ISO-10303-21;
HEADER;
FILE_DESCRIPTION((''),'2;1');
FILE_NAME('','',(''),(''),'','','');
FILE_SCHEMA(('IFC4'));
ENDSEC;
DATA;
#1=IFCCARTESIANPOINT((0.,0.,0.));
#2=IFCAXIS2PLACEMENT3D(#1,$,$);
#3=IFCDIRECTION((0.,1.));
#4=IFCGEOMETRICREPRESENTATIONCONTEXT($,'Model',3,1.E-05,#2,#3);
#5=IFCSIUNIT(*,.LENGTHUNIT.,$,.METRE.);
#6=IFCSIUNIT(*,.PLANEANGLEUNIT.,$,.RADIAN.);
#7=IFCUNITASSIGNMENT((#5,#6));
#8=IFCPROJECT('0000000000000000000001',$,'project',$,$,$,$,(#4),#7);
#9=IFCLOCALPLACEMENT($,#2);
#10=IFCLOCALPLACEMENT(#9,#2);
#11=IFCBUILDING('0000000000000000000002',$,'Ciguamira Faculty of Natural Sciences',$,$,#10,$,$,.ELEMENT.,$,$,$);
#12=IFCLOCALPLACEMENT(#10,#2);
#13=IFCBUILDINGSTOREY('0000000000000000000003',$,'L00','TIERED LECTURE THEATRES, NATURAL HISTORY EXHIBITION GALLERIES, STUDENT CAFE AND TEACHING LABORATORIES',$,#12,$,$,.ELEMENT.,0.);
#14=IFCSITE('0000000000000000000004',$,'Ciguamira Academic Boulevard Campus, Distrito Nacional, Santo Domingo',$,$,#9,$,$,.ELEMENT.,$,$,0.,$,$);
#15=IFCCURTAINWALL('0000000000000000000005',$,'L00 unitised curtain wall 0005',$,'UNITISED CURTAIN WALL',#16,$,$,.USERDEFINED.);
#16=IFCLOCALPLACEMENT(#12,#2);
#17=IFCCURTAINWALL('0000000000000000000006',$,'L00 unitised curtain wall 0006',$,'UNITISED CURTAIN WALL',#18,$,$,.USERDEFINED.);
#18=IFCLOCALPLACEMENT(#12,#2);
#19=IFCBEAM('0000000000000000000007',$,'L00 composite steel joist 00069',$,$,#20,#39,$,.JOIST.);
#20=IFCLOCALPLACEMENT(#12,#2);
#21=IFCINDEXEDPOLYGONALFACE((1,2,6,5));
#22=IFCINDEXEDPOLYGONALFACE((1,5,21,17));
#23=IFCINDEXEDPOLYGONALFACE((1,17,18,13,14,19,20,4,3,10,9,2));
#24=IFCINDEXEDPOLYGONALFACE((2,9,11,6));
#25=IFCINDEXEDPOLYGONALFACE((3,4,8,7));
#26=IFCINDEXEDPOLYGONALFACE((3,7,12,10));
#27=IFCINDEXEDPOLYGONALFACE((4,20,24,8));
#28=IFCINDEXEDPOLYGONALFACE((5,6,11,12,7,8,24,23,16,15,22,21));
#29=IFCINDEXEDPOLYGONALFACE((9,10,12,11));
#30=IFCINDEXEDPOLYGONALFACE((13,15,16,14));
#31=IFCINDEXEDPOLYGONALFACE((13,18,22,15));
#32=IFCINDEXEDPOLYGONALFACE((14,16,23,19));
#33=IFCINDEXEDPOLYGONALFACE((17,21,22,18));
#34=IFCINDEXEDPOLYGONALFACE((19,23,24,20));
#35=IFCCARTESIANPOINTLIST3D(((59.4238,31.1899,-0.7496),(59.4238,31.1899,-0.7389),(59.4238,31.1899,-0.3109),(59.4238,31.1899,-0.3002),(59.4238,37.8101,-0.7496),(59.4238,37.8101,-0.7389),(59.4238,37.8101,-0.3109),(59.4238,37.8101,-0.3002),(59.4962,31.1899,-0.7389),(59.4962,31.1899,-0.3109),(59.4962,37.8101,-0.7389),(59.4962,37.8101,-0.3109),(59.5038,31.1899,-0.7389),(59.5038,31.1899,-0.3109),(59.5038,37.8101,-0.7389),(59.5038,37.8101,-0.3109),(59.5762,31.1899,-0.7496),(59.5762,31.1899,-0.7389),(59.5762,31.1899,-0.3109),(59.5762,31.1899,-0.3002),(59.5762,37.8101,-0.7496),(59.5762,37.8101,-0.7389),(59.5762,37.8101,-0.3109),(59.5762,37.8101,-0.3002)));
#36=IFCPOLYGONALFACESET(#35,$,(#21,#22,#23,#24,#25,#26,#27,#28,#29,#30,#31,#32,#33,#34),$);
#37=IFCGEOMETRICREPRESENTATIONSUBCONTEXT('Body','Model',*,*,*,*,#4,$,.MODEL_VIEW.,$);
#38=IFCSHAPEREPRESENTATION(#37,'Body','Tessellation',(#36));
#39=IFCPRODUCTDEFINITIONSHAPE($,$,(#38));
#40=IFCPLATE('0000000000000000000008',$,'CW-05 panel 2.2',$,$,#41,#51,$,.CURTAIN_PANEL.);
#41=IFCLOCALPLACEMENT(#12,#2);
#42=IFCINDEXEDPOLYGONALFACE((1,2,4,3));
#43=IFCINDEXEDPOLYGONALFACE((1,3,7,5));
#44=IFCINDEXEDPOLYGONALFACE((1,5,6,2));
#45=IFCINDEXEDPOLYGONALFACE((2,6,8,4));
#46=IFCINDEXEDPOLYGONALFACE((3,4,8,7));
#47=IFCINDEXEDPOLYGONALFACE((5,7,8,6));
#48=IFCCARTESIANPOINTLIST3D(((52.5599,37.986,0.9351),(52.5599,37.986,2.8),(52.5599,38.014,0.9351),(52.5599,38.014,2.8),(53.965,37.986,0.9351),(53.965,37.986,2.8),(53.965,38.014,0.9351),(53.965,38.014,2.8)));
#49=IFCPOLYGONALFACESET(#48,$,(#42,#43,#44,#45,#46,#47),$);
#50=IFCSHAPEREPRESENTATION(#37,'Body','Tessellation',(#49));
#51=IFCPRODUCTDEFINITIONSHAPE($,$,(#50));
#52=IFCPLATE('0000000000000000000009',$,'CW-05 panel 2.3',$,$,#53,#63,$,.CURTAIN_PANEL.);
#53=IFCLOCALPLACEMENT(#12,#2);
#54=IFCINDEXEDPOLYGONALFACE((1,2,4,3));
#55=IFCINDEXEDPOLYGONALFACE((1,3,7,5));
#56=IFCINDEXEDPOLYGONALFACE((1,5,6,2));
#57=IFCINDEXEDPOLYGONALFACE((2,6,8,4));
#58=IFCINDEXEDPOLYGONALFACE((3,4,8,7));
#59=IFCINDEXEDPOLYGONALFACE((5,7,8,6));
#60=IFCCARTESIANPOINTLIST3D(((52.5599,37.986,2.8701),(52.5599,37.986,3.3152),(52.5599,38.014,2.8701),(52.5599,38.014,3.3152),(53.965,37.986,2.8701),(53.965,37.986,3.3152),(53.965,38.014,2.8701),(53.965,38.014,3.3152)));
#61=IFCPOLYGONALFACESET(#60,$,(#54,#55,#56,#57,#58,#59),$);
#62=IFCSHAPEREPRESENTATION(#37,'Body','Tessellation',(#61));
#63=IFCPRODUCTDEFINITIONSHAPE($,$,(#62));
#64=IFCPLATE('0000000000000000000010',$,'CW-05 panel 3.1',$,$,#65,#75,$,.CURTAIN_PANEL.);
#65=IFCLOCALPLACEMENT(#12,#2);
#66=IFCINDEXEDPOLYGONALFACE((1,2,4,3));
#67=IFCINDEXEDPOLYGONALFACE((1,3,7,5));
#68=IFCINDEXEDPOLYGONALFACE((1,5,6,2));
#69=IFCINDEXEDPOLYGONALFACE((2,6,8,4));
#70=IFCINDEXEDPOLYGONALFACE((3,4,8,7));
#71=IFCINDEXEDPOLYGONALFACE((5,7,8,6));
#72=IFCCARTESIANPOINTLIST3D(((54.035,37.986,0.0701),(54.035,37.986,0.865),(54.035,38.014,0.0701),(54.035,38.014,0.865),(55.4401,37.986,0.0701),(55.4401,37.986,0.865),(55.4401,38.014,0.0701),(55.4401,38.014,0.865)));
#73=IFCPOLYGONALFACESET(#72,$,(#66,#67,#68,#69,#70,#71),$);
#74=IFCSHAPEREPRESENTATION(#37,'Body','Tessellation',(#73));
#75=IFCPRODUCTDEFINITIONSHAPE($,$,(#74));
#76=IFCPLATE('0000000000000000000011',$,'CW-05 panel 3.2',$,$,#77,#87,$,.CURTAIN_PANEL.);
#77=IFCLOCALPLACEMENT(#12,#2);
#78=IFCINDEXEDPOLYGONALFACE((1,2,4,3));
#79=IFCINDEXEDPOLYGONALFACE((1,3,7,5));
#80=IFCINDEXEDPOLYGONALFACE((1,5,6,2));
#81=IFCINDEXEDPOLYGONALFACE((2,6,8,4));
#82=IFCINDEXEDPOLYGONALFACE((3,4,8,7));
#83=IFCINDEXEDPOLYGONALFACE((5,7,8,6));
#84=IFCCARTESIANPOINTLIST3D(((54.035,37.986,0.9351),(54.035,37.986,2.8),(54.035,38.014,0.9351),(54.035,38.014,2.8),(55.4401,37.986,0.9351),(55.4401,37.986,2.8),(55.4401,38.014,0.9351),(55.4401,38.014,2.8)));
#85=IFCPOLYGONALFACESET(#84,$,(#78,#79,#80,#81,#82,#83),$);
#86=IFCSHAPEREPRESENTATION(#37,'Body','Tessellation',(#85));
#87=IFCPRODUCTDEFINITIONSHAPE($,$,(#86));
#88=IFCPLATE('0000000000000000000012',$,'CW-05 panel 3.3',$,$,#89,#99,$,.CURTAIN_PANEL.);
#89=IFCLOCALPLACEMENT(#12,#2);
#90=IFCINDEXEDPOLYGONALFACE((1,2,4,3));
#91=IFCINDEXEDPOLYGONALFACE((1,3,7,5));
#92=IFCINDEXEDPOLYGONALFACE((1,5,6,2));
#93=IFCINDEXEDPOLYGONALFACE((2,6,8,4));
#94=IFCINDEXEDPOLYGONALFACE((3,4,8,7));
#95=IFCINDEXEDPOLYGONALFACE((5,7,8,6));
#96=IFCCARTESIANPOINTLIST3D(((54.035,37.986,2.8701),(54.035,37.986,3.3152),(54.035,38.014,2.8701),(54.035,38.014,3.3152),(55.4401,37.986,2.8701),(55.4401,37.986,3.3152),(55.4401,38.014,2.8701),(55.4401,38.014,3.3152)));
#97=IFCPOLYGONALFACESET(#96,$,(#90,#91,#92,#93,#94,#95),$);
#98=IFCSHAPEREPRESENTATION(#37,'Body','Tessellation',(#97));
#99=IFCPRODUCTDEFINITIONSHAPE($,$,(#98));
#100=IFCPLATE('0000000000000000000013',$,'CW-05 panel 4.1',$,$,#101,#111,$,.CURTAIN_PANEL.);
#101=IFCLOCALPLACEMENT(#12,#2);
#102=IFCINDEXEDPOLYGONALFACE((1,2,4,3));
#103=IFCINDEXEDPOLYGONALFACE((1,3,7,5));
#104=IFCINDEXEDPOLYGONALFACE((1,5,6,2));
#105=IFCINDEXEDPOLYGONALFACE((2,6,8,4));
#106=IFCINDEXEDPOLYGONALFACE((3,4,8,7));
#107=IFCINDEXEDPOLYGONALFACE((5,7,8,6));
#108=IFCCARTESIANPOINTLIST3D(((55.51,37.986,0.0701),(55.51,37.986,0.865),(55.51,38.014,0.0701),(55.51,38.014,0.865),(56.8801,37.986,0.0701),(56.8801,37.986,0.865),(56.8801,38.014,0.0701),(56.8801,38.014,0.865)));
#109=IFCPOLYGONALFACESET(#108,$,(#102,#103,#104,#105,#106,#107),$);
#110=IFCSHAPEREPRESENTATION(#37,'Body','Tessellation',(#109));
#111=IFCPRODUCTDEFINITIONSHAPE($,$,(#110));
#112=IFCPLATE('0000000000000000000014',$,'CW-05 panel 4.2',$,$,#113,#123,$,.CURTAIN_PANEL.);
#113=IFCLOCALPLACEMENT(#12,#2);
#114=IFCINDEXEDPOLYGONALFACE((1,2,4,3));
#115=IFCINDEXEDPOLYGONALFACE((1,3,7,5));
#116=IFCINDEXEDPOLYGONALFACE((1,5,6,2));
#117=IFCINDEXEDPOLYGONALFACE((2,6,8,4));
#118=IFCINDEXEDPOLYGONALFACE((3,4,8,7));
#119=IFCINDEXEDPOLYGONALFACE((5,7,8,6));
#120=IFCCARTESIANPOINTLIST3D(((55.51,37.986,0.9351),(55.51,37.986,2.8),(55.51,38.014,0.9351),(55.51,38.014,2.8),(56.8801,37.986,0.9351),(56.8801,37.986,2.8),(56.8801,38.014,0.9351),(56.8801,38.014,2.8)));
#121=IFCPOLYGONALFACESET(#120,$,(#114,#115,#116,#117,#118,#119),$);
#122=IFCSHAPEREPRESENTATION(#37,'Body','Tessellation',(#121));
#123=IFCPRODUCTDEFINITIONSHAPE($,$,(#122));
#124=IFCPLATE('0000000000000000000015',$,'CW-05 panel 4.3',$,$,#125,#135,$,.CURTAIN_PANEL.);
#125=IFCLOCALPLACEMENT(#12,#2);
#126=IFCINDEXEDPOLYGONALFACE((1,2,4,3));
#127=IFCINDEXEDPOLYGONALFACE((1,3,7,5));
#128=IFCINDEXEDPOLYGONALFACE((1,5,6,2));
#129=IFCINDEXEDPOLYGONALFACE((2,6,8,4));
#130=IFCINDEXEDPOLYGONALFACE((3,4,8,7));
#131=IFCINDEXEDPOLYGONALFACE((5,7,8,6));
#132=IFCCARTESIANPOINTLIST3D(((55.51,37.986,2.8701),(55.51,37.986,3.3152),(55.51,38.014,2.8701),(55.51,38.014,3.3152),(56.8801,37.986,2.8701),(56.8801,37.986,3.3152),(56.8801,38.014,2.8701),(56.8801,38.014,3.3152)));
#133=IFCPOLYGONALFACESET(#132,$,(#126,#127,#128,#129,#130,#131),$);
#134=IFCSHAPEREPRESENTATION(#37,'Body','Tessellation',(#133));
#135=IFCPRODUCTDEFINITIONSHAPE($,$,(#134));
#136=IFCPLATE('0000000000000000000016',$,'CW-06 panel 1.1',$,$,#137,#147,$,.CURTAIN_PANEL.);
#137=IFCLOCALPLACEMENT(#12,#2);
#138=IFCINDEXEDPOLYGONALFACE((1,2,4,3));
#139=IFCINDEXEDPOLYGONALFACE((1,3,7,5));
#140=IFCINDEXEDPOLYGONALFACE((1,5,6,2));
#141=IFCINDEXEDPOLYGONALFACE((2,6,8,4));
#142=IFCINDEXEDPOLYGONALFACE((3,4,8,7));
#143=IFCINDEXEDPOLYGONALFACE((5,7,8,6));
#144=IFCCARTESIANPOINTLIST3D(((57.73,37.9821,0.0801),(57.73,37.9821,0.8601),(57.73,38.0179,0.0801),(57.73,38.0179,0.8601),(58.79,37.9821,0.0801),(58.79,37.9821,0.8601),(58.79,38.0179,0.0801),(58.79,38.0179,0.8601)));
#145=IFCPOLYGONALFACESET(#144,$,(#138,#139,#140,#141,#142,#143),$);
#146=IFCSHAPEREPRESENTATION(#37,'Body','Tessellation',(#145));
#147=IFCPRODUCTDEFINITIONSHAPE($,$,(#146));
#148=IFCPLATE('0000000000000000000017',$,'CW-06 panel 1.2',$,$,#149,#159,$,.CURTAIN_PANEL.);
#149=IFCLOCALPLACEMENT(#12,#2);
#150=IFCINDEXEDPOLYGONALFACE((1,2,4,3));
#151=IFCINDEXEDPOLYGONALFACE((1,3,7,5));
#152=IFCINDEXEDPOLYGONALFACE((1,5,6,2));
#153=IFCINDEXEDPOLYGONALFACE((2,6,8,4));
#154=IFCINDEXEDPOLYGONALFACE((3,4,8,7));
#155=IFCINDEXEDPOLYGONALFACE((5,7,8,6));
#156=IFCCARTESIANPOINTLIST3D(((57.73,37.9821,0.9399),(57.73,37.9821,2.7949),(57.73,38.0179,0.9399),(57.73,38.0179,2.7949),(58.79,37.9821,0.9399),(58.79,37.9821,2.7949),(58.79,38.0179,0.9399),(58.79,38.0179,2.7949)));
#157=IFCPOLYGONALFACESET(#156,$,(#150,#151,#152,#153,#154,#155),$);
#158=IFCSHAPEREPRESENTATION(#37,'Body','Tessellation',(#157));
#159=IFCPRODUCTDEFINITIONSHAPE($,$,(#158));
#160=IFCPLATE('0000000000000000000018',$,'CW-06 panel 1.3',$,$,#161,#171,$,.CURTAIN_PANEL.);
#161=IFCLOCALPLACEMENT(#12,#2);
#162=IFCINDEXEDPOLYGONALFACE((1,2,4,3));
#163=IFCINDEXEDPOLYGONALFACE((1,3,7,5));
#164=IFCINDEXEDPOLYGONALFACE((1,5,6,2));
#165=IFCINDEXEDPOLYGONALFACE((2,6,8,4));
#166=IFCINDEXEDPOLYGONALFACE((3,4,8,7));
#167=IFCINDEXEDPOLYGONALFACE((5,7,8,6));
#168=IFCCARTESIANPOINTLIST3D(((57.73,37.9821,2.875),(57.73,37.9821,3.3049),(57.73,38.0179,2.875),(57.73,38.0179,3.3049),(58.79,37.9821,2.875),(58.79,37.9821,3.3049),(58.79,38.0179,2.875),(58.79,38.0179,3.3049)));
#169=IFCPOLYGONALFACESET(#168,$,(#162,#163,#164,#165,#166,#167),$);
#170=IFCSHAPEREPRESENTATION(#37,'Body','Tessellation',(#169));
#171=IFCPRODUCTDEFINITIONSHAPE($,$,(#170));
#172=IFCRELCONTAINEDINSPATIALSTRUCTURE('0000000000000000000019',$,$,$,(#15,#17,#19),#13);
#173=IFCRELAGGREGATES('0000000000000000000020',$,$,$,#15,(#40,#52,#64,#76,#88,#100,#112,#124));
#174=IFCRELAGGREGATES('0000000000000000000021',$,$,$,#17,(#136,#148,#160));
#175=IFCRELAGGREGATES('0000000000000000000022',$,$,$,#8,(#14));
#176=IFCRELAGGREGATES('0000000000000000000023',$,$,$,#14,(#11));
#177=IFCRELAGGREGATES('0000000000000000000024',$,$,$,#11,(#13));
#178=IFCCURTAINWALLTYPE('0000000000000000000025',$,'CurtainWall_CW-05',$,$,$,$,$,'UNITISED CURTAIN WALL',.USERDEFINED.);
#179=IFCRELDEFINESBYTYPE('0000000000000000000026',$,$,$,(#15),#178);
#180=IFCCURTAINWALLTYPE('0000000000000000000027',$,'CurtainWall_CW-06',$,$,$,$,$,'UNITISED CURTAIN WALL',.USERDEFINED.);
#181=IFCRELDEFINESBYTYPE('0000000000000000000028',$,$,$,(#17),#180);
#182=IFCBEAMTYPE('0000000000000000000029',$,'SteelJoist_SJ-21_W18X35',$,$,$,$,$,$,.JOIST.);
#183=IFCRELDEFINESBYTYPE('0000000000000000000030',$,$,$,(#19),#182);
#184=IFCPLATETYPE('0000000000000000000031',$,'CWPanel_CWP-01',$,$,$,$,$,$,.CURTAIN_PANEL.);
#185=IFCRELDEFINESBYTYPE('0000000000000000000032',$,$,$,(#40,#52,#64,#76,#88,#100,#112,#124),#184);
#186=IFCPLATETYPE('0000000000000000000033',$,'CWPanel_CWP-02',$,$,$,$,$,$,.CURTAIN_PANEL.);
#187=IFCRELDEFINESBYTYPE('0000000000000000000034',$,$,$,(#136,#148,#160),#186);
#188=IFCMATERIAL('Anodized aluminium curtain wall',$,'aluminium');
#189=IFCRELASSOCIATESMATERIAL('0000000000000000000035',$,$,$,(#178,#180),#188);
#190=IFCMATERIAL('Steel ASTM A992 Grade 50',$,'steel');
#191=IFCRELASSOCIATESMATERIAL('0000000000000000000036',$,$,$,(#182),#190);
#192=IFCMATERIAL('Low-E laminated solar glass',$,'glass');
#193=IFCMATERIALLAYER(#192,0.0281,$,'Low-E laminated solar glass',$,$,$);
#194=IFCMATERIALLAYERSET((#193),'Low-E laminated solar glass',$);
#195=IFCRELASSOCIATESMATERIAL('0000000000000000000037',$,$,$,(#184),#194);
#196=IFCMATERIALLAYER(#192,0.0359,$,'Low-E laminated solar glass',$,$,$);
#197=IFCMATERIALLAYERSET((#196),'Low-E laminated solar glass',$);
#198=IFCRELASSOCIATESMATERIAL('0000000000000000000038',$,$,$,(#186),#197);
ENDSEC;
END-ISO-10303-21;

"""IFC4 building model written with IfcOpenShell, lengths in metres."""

from ifc_helpers import new_model, si_unit, direction, frame, origin, origin_2d, place, context, subcontext, project, spatial, rectangle, i_section, extrude, material, layer, layer_set, material_profile, profile_set, type_object, element, aggregate, save


model = new_model("IFC4")

# Units and contexts
model_context = context("Model", 3, precision=1e-05, world=origin(), true_north=direction((0.0, 1.0)))
body_context = subcontext(model_context, "Body", "Model", "MODEL_VIEW")
ifc_project = project(units=[si_unit("LENGTHUNIT", "METRE"), si_unit("PLANEANGLEUNIT", "RADIAN")], contexts=[model_context])

# Site, building, storey
site_placement = place(None, origin())
site = spatial("IfcSite", under=ifc_project, at=site_placement, Name="Ciguamira Academic Boulevard Campus, Distrito Nacional, Santo Domingo", CompositionType="ELEMENT", RefElevation=0.0)
building_placement = place(site_placement, origin())
building = spatial("IfcBuilding", under=site, at=building_placement, Name="Ciguamira Faculty of Natural Sciences", CompositionType="ELEMENT")
storey_placement = place(building_placement, origin())
storey = spatial("IfcBuildingStorey", under=building, at=storey_placement, Name="L00", Description="TIERED LECTURE THEATRES, NATURAL HISTORY EXHIBITION GALLERIES, STUDENT CAFE AND TEACHING LABORATORIES", CompositionType="ELEMENT", Elevation=0.0)

# Curtain walls
ifc_material_1 = material(Name="Anodized aluminium curtain wall", Category="aluminium")
curtain_wall_type_1 = type_object("IfcCurtainWallType", Name="CurtainWall_CW-05", ElementType="UNITISED CURTAIN WALL", PredefinedType="USERDEFINED", material=ifc_material_1)
curtain_wall_1_placement = place(storey_placement, origin())
curtain_wall_1 = element("IfcCurtainWall", 1, at=curtain_wall_1_placement, inside=storey, type_object=curtain_wall_type_1, Name="L00 unitised curtain wall 0005", ObjectType="UNITISED CURTAIN WALL", PredefinedType="USERDEFINED")
curtain_wall_type_2 = type_object("IfcCurtainWallType", Name="CurtainWall_CW-06", ElementType="UNITISED CURTAIN WALL", PredefinedType="USERDEFINED", material=ifc_material_1)
curtain_wall_2_placement = place(storey_placement, origin())
curtain_wall_2 = element("IfcCurtainWall", 2, at=curtain_wall_2_placement, inside=storey, type_object=curtain_wall_type_2, Name="L00 unitised curtain wall 0006", ObjectType="UNITISED CURTAIN WALL", PredefinedType="USERDEFINED")

# Beam
ifc_material_2 = material(Name="Steel ASTM A992 Grade 50", Category="steel")
ifc_material_profile_1 = material_profile(ifc_material_2, i_section(OverallWidth=0.1523, OverallDepth=0.4495, WebThickness=0.0076, FlangeThickness=0.0107, at=origin_2d()), Name="W18X35")
ifc_profile_set_1 = profile_set([ifc_material_profile_1], Name="Steel ASTM A992 Grade 50")
beam_type_1 = type_object("IfcBeamType", Name="SteelJoist_SJ-21_W18X35", PredefinedType="JOIST", material=ifc_profile_set_1)
beam_1_placement = place(storey_placement, frame((59.5, 31.1899, -0.5249), z_axis=(0.0, 1.0, 0.0), x_axis=(-1.0, 0.0, 0.0)))
element("IfcBeam", 3, at=beam_1_placement, inside=storey, type_object=beam_type_1, Name="L00 composite steel joist 00069", PredefinedType="JOIST", context=body_context, shape_type="SweptSolid", body=[
    extrude(i_section(OverallWidth=0.1523, OverallDepth=0.4495, WebThickness=0.0076, FlangeThickness=0.0107, at=origin_2d()), origin(), (0.0, 0.0, 1.0), 6.6201),
])

# Plates
ifc_material_3 = material(Name="Low-E laminated solar glass", Category="glass")
ifc_layer_1 = layer(ifc_material_3, 0.0281, Name="Low-E laminated solar glass")
ifc_layer_set_1 = layer_set([ifc_layer_1], Name="Low-E laminated solar glass")
plate_type_1 = type_object("IfcPlateType", Name="CWPanel_CWP-01", PredefinedType="CURTAIN_PANEL", material=ifc_layer_set_1)
plate_1_placement = place(storey_placement, frame((53.2625, 38.0, 0.9351), z_axis=(0.0, 0.0, 1.0), x_axis=(1.0, 0.0, 0.0)))
plate_1 = element("IfcPlate", 4, at=plate_1_placement, type_object=plate_type_1, Name="CW-05 panel 2.2", PredefinedType="CURTAIN_PANEL", context=body_context, shape_type="SweptSolid", body=[
    extrude(rectangle(XDim=1.405, YDim=0.0281, at=origin_2d()), origin(), (0.0, 0.0, 1.0), 1.865),
])
plate_2_placement = place(storey_placement, frame((53.2625, 38.0, 2.8701), z_axis=(0.0, 0.0, 1.0), x_axis=(1.0, 0.0, 0.0)))
plate_2 = element("IfcPlate", 5, at=plate_2_placement, type_object=plate_type_1, Name="CW-05 panel 2.3", PredefinedType="CURTAIN_PANEL", context=body_context, shape_type="SweptSolid", body=[
    extrude(rectangle(XDim=1.405, YDim=0.0281, at=origin_2d()), origin(), (0.0, 0.0, 1.0), 0.4451),
])
plate_3_placement = place(storey_placement, frame((54.7375, 38.0, 0.0701), z_axis=(0.0, 0.0, 1.0), x_axis=(1.0, 0.0, 0.0)))
plate_3 = element("IfcPlate", 6, at=plate_3_placement, type_object=plate_type_1, Name="CW-05 panel 3.1", PredefinedType="CURTAIN_PANEL", context=body_context, shape_type="SweptSolid", body=[
    extrude(rectangle(XDim=1.405, YDim=0.0281, at=origin_2d()), origin(), (0.0, 0.0, 1.0), 0.7949),
])
plate_4_placement = place(storey_placement, frame((54.7375, 38.0, 0.9351), z_axis=(0.0, 0.0, 1.0), x_axis=(1.0, 0.0, 0.0)))
plate_4 = element("IfcPlate", 7, at=plate_4_placement, type_object=plate_type_1, Name="CW-05 panel 3.2", PredefinedType="CURTAIN_PANEL", context=body_context, shape_type="SweptSolid", body=[
    extrude(rectangle(XDim=1.405, YDim=0.0281, at=origin_2d()), origin(), (0.0, 0.0, 1.0), 1.865),
])
plate_5_placement = place(storey_placement, frame((54.7375, 38.0, 2.8701), z_axis=(0.0, 0.0, 1.0), x_axis=(1.0, 0.0, 0.0)))
plate_5 = element("IfcPlate", 8, at=plate_5_placement, type_object=plate_type_1, Name="CW-05 panel 3.3", PredefinedType="CURTAIN_PANEL", context=body_context, shape_type="SweptSolid", body=[
    extrude(rectangle(XDim=1.405, YDim=0.0281, at=origin_2d()), origin(), (0.0, 0.0, 1.0), 0.4451),
])
plate_6_placement = place(storey_placement, frame((56.1951, 38.0, 0.0701), z_axis=(0.0, 0.0, 1.0), x_axis=(1.0, 0.0, 0.0)))
plate_6 = element("IfcPlate", 9, at=plate_6_placement, type_object=plate_type_1, Name="CW-05 panel 4.1", PredefinedType="CURTAIN_PANEL", context=body_context, shape_type="SweptSolid", body=[
    extrude(rectangle(XDim=1.3701, YDim=0.0281, at=origin_2d()), origin(), (0.0, 0.0, 1.0), 0.7949),
])
plate_7_placement = place(storey_placement, frame((56.1951, 38.0, 0.9351), z_axis=(0.0, 0.0, 1.0), x_axis=(1.0, 0.0, 0.0)))
plate_7 = element("IfcPlate", 10, at=plate_7_placement, type_object=plate_type_1, Name="CW-05 panel 4.2", PredefinedType="CURTAIN_PANEL", context=body_context, shape_type="SweptSolid", body=[
    extrude(rectangle(XDim=1.3701, YDim=0.0281, at=origin_2d()), origin(), (0.0, 0.0, 1.0), 1.865),
])
plate_8_placement = place(storey_placement, frame((56.1951, 38.0, 2.8701), z_axis=(0.0, 0.0, 1.0), x_axis=(1.0, 0.0, 0.0)))
plate_8 = element("IfcPlate", 11, at=plate_8_placement, type_object=plate_type_1, Name="CW-05 panel 4.3", PredefinedType="CURTAIN_PANEL", context=body_context, shape_type="SweptSolid", body=[
    extrude(rectangle(XDim=1.3701, YDim=0.0281, at=origin_2d()), origin(), (0.0, 0.0, 1.0), 0.4451),
])
aggregate(curtain_wall_1, [plate_1, plate_2, plate_3, plate_4, plate_5, plate_6, plate_7, plate_8])
ifc_layer_2 = layer(ifc_material_3, 0.0359, Name="Low-E laminated solar glass")
ifc_layer_set_2 = layer_set([ifc_layer_2], Name="Low-E laminated solar glass")
plate_type_2 = type_object("IfcPlateType", Name="CWPanel_CWP-02", PredefinedType="CURTAIN_PANEL", material=ifc_layer_set_2)
plate_9_placement = place(storey_placement, frame((58.26, 38.0, 0.0801), z_axis=(0.0, 0.0, 1.0), x_axis=(1.0, 0.0, 0.0)))
plate_9 = element("IfcPlate", 12, at=plate_9_placement, type_object=plate_type_2, Name="CW-06 panel 1.1", PredefinedType="CURTAIN_PANEL", context=body_context, shape_type="SweptSolid", body=[
    extrude(rectangle(XDim=1.0601, YDim=0.0359, at=origin_2d()), origin(), (0.0, 0.0, 1.0), 0.78),
])
plate_10_placement = place(storey_placement, frame((58.26, 38.0, 0.9399), z_axis=(0.0, 0.0, 1.0), x_axis=(1.0, 0.0, 0.0)))
plate_10 = element("IfcPlate", 13, at=plate_10_placement, type_object=plate_type_2, Name="CW-06 panel 1.2", PredefinedType="CURTAIN_PANEL", context=body_context, shape_type="SweptSolid", body=[
    extrude(rectangle(XDim=1.0601, YDim=0.0359, at=origin_2d()), origin(), (0.0, 0.0, 1.0), 1.855),
])
plate_11_placement = place(storey_placement, frame((58.26, 38.0, 2.875), z_axis=(0.0, 0.0, 1.0), x_axis=(1.0, 0.0, 0.0)))
plate_11 = element("IfcPlate", 14, at=plate_11_placement, type_object=plate_type_2, Name="CW-06 panel 1.3", PredefinedType="CURTAIN_PANEL", context=body_context, shape_type="SweptSolid", body=[
    extrude(rectangle(XDim=1.0601, YDim=0.0359, at=origin_2d()), origin(), (0.0, 0.0, 1.0), 0.4299),
])
aggregate(curtain_wall_2, [plate_9, plate_10, plate_11])

save(model, "model.ifc")
